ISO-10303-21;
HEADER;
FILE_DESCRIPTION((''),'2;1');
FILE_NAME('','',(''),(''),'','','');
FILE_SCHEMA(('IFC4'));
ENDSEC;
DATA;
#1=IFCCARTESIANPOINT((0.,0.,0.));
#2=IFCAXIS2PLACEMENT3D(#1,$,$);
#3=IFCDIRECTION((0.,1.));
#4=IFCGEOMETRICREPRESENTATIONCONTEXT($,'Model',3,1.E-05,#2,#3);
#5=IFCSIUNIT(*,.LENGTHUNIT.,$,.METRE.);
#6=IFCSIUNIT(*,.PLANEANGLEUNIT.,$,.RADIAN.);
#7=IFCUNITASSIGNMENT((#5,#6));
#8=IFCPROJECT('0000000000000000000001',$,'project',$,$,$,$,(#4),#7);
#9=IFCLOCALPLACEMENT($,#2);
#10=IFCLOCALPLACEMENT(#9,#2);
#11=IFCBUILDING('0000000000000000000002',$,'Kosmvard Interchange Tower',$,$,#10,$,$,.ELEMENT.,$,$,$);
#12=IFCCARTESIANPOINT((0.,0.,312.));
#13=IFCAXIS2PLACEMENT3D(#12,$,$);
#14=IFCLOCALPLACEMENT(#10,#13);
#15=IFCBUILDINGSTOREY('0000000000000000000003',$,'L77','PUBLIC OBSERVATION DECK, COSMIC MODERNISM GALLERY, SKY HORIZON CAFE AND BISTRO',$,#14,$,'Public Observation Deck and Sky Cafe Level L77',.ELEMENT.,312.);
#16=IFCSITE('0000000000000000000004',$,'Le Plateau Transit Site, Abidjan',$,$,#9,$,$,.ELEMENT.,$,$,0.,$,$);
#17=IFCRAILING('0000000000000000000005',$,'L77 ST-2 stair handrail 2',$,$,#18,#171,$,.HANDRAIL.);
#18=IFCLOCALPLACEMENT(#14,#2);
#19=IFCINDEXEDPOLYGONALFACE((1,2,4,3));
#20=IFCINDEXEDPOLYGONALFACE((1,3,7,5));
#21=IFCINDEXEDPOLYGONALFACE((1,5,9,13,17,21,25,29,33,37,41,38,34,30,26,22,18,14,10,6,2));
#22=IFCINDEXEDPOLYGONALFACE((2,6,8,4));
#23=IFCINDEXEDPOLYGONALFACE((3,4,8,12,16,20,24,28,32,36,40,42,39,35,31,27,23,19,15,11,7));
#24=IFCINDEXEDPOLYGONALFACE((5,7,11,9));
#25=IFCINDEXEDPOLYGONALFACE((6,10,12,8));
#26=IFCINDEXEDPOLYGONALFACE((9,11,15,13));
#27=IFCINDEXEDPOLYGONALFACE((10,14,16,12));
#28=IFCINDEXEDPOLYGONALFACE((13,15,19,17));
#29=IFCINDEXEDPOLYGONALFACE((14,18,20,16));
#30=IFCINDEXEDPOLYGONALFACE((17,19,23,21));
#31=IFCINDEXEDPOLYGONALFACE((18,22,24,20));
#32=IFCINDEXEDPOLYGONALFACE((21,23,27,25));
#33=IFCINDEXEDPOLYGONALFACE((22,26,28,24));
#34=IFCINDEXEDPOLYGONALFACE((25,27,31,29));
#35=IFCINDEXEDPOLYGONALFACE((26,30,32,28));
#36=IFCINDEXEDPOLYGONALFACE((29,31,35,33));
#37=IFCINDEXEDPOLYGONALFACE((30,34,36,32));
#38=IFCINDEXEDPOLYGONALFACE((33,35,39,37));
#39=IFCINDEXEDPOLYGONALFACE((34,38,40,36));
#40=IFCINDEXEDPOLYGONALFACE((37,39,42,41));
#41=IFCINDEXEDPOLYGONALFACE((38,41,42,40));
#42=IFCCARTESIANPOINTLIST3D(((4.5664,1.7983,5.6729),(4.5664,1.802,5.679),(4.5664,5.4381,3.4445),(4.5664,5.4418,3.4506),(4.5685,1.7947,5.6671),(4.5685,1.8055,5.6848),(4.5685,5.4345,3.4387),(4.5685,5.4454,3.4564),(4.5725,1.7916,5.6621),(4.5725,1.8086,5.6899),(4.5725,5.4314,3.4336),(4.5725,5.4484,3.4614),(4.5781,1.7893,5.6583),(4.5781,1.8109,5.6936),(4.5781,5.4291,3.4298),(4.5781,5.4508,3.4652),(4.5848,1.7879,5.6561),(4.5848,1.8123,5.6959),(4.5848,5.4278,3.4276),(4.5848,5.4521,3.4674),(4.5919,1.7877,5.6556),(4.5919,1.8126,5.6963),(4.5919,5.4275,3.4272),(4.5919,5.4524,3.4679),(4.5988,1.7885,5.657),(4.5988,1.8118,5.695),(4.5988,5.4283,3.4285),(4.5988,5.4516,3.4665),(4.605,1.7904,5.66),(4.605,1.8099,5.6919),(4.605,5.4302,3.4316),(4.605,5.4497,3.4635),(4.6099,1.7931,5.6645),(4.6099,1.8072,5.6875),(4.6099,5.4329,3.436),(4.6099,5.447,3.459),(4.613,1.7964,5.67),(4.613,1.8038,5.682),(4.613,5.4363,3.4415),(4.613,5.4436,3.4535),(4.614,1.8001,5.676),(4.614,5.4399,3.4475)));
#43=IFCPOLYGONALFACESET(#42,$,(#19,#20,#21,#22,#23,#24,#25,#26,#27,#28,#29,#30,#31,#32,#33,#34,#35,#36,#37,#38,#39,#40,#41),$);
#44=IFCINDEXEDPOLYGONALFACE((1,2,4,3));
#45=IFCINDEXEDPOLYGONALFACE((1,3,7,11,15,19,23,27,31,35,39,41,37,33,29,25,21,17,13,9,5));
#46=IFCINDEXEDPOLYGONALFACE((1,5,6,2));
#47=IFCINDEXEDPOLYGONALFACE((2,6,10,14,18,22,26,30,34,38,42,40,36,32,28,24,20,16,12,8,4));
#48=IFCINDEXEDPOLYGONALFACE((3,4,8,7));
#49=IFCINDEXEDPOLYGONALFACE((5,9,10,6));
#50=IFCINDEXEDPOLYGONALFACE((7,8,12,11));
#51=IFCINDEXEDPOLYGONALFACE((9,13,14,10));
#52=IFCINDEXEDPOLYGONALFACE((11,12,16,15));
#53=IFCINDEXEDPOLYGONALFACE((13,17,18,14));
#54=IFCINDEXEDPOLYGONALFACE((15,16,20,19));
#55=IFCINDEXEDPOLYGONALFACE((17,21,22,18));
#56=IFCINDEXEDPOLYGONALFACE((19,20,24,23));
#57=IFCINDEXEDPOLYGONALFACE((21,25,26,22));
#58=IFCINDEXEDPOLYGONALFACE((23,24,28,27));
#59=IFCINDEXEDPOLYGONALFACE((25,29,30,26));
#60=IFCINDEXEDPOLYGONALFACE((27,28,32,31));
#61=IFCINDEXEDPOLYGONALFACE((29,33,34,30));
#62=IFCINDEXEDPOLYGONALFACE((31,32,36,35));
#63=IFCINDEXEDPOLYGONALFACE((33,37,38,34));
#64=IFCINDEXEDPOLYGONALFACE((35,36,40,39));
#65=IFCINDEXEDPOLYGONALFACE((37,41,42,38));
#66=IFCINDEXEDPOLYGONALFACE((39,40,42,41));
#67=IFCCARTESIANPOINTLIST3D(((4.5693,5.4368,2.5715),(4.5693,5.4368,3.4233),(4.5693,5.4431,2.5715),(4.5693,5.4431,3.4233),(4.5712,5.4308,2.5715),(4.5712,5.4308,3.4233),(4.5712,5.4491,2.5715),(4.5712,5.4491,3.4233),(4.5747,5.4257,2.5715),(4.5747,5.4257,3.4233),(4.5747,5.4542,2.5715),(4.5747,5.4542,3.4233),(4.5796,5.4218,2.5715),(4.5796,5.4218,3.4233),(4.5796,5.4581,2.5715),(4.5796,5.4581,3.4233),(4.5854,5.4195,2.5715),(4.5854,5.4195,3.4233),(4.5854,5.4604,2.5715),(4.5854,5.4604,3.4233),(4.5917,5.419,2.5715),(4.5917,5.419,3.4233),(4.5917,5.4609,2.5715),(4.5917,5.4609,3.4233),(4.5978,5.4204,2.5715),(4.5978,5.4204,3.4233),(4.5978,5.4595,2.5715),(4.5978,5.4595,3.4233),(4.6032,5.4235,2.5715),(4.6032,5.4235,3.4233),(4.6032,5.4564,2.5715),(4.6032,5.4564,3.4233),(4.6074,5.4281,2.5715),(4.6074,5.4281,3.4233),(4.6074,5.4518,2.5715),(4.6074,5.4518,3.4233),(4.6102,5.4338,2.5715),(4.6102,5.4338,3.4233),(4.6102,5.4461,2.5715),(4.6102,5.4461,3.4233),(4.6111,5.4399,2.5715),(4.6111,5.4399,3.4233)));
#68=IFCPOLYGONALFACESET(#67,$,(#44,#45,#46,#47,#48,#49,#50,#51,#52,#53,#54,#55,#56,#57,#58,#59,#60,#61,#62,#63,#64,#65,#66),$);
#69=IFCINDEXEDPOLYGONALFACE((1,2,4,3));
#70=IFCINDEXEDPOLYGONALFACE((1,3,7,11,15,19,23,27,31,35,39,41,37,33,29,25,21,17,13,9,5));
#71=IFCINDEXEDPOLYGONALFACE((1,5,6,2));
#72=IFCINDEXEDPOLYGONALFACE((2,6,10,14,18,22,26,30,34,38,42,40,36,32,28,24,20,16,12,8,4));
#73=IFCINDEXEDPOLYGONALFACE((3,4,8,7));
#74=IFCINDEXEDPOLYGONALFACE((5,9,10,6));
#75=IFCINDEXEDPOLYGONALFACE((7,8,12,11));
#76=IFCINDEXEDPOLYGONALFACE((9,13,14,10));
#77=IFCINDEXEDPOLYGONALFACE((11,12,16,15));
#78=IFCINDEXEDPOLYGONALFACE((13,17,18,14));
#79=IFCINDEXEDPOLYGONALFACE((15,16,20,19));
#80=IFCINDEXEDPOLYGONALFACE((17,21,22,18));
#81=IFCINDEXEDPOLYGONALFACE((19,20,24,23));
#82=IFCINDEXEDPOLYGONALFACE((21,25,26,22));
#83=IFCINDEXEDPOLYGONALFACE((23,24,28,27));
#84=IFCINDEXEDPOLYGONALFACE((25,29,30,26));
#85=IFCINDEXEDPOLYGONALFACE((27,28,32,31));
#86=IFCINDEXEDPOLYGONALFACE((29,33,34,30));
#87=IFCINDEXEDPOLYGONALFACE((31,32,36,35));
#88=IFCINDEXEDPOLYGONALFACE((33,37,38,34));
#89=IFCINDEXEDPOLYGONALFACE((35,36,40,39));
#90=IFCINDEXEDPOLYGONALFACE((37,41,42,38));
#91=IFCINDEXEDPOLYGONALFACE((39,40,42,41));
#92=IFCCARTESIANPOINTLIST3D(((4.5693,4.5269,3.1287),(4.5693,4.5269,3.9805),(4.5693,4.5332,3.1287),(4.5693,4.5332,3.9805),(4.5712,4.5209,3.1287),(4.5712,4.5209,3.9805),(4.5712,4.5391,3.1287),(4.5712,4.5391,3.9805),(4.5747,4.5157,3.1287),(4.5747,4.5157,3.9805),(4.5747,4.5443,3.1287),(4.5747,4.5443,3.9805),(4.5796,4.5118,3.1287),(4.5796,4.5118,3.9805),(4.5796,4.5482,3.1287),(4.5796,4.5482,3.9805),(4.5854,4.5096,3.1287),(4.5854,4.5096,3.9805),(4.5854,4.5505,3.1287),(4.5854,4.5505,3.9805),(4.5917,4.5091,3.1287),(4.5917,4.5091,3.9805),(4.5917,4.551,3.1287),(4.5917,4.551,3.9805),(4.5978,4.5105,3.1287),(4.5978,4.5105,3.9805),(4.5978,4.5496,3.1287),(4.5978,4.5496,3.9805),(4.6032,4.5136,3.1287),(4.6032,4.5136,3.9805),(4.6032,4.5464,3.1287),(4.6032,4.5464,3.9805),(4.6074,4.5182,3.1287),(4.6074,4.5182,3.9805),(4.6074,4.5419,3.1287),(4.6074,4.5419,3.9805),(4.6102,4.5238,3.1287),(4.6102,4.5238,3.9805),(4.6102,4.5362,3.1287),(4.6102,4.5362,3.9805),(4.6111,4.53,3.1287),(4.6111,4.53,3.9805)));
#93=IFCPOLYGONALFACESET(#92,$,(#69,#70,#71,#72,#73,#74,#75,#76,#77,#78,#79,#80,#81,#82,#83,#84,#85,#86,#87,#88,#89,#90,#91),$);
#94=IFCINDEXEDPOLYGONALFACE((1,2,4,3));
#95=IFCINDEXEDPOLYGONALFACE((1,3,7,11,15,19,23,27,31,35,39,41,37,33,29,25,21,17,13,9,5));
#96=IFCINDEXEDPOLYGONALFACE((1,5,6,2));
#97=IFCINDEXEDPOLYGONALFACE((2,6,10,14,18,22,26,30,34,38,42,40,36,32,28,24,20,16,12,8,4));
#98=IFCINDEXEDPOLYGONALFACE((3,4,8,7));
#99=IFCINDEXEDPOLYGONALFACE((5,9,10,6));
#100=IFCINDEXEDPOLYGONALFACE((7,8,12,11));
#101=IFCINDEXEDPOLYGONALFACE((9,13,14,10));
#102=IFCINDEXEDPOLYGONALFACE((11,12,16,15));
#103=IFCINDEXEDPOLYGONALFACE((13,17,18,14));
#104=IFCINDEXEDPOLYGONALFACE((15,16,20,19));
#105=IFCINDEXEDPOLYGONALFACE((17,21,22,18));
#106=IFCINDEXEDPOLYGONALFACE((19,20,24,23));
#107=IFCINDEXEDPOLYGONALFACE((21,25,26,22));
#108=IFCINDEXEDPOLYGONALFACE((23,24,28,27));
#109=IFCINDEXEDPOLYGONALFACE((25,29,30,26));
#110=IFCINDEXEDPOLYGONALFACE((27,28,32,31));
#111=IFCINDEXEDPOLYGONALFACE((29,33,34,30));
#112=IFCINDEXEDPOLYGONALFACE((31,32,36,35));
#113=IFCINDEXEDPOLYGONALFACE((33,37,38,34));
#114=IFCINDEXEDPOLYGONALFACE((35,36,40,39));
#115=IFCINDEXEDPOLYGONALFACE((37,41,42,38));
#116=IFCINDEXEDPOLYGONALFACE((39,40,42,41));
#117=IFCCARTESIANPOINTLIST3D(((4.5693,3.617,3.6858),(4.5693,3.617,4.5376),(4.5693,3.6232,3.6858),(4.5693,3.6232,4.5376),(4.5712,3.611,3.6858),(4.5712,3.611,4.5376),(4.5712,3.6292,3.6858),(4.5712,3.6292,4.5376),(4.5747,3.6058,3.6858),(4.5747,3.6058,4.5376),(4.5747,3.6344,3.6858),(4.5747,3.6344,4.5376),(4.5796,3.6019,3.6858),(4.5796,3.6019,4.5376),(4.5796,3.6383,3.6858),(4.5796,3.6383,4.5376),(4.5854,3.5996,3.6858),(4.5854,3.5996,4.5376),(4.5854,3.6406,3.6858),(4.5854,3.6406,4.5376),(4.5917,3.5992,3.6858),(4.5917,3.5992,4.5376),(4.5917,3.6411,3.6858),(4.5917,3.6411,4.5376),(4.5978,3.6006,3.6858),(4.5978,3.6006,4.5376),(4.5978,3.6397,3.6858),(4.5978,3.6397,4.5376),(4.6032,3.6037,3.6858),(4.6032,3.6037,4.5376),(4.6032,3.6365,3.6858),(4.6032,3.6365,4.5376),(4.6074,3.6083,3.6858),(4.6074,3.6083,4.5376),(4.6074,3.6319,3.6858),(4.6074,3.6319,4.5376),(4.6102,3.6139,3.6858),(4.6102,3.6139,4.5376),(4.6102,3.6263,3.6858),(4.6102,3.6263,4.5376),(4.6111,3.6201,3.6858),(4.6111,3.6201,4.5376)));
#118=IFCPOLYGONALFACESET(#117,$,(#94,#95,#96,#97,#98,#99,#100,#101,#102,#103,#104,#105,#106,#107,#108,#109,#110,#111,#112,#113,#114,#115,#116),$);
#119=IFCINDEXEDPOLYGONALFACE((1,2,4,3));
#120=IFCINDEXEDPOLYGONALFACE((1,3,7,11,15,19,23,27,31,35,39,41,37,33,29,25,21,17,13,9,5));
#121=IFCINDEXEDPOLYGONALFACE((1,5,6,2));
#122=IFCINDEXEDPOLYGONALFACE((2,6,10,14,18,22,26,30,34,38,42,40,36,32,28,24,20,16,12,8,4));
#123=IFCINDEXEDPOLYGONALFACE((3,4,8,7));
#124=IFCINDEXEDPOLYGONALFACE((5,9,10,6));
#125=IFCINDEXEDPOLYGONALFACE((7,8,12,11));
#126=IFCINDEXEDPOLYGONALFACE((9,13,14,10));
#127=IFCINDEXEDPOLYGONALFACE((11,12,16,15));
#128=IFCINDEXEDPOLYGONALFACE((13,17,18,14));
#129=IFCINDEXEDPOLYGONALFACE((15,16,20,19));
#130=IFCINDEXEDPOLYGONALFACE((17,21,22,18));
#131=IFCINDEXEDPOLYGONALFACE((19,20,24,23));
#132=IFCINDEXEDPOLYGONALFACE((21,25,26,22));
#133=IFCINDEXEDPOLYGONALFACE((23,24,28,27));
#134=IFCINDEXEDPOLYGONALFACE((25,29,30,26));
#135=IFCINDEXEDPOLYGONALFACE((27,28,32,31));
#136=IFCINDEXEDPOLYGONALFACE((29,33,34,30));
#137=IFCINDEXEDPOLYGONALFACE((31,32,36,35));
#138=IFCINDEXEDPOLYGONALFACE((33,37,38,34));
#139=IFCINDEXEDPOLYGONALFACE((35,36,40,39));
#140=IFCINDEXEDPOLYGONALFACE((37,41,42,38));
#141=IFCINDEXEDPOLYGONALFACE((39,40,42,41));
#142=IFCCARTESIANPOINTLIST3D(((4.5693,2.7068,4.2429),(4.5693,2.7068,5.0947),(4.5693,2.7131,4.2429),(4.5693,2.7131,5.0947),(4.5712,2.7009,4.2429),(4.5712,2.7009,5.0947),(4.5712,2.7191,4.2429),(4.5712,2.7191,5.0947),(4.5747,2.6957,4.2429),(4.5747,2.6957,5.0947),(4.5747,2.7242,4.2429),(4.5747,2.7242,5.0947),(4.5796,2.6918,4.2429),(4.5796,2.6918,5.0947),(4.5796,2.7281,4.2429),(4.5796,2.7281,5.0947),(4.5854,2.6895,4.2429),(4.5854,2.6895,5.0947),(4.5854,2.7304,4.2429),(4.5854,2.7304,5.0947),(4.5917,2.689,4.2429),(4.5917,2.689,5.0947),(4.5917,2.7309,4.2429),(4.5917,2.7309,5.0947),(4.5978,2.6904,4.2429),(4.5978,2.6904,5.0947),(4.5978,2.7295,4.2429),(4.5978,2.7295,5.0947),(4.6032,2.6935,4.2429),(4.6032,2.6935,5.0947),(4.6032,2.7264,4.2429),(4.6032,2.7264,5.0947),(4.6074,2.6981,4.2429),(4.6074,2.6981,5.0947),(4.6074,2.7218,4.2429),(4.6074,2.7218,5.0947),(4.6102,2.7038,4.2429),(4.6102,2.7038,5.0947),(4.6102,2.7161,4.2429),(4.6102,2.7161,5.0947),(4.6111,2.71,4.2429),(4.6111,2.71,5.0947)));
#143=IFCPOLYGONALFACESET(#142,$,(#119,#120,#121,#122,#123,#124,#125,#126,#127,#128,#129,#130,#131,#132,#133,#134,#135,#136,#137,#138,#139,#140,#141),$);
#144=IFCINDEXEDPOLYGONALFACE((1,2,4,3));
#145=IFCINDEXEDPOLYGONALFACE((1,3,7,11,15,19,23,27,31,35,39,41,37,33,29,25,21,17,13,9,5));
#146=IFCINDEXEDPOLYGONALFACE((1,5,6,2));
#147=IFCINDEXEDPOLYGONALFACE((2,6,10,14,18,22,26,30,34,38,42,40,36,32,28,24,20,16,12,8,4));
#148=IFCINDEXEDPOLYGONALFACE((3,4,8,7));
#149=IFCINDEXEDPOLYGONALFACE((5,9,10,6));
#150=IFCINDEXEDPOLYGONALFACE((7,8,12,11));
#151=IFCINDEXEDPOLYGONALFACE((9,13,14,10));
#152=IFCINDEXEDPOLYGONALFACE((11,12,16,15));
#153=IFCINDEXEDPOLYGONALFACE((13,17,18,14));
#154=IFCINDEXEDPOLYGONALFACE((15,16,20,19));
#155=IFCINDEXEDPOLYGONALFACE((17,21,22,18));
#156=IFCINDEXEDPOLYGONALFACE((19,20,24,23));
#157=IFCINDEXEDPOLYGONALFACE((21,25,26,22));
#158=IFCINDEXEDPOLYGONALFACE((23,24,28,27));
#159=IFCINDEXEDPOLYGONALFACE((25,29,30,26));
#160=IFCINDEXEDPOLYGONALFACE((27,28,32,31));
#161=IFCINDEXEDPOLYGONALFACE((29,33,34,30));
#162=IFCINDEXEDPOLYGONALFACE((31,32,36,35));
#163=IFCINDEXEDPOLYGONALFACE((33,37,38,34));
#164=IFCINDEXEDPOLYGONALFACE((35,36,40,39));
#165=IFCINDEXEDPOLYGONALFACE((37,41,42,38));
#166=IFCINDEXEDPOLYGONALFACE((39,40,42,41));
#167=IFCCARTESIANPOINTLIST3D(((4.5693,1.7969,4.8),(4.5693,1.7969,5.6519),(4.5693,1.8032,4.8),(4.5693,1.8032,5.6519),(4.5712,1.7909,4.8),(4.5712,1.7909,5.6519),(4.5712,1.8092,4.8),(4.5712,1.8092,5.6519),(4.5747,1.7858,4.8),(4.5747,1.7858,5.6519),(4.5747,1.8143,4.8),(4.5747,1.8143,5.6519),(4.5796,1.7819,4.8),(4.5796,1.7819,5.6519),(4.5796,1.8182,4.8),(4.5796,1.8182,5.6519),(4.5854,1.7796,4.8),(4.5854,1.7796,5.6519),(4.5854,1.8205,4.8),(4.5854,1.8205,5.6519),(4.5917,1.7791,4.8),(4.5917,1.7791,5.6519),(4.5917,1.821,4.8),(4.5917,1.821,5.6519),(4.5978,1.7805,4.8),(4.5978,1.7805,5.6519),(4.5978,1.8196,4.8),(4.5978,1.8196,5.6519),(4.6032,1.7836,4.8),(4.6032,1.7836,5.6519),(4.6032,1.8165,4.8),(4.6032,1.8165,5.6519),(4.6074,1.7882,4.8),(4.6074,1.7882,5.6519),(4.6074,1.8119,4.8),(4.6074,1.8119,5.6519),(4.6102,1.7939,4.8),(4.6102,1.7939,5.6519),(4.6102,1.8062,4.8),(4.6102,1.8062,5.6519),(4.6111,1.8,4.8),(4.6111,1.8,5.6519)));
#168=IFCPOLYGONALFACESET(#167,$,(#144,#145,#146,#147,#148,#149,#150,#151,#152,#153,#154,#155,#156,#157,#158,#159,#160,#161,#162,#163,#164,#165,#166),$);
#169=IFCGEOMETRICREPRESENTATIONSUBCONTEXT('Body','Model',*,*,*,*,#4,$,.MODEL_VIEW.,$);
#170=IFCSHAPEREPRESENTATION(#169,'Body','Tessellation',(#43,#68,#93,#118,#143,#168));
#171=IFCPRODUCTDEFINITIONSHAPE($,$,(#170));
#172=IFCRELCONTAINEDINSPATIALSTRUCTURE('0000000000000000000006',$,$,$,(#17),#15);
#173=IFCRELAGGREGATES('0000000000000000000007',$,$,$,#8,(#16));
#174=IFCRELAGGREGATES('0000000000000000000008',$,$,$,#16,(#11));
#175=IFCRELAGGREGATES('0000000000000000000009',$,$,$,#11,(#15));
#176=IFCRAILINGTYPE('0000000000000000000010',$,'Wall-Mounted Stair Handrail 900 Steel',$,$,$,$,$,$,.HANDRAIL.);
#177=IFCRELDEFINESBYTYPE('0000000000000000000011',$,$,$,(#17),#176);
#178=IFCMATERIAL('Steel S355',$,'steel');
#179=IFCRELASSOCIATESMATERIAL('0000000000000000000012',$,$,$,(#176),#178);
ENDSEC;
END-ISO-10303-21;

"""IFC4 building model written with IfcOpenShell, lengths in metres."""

from ifc_helpers import new_model, si_unit, direction, frame, origin, origin_2d, place, context, subcontext, project, spatial, circle, extrude, source, transform, mapped, material, type_object, element, save


model = new_model("IFC4")

# Units and contexts
model_context = context("Model", 3, precision=1e-05, world=origin(), true_north=direction((0.0, 1.0)))
body_context = subcontext(model_context, "Body", "Model", "MODEL_VIEW")
ifc_project = project(units=[si_unit("LENGTHUNIT", "METRE"), si_unit("PLANEANGLEUNIT", "RADIAN")], contexts=[model_context])

# Site, building, storey
site_placement = place(None, origin())
site = spatial("IfcSite", under=ifc_project, at=site_placement, Name="Le Plateau Transit Site, Abidjan", CompositionType="ELEMENT", RefElevation=0.0)
building_placement = place(site_placement, origin())
building = spatial("IfcBuilding", under=site, at=building_placement, Name="Kosmvard Interchange Tower", CompositionType="ELEMENT")
storey_placement = place(building_placement, frame((0.0, 0.0, 312.0)))
storey = spatial("IfcBuildingStorey", under=building, at=storey_placement, Name="L77", Description="PUBLIC OBSERVATION DECK, COSMIC MODERNISM GALLERY, SKY HORIZON CAFE AND BISTRO", LongName="Public Observation Deck and Sky Cafe Level L77", CompositionType="ELEMENT", Elevation=312.0)

# Shared definitions
ifc_material_1 = material(Name="Steel S355", Category="steel")

# Railing
railing_type_1 = type_object("IfcRailingType", Name="Wall-Mounted Stair Handrail 900 Steel", PredefinedType="HANDRAIL", material=ifc_material_1)
shared_shape_1 = source(origin(), body_context, "Body", "SweptSolid", [
    extrude(circle(Radius=0.0239, at=origin_2d()), frame((0.0, 0.0, 0.876), z_axis=(0.0, -0.85285, 0.522156), x_axis=(1.0, 0.0, 0.0)), (0.0, 0.0, 1.0), 4.2678),
    extrude(circle(Radius=0.021, at=origin_2d()), origin(), (0.0, 0.0, 1.0), 0.8518),
    extrude(circle(Radius=0.021, at=origin_2d()), frame((0.0, -0.9099, 0.5571)), (0.0, 0.0, 1.0), 0.8518),
    extrude(circle(Radius=0.021, at=origin_2d()), frame((0.0, -1.8198, 1.1143)), (0.0, 0.0, 1.0), 0.8518),
    extrude(circle(Radius=0.021, at=origin_2d()), frame((0.0, -2.73, 1.6714)), (0.0, 0.0, 1.0), 0.8518),
    extrude(circle(Radius=0.021, at=origin_2d()), frame((0.0, -3.6399, 2.2285)), (0.0, 0.0, 1.0), 0.8518),
])
railing_1_placement = place(storey_placement, frame((4.5901, 5.4399, 2.5715)))
element("IfcRailing", 1, at=railing_1_placement, inside=storey, type_object=railing_type_1, Name="L77 ST-2 stair handrail 2", PredefinedType="HANDRAIL", context=body_context, shape_type="MappedRepresentation", body=[
    mapped(shared_shape_1, transform((0.0, 0.0, 0.0), scale=1.0)),
])

save(model, "model.ifc")
